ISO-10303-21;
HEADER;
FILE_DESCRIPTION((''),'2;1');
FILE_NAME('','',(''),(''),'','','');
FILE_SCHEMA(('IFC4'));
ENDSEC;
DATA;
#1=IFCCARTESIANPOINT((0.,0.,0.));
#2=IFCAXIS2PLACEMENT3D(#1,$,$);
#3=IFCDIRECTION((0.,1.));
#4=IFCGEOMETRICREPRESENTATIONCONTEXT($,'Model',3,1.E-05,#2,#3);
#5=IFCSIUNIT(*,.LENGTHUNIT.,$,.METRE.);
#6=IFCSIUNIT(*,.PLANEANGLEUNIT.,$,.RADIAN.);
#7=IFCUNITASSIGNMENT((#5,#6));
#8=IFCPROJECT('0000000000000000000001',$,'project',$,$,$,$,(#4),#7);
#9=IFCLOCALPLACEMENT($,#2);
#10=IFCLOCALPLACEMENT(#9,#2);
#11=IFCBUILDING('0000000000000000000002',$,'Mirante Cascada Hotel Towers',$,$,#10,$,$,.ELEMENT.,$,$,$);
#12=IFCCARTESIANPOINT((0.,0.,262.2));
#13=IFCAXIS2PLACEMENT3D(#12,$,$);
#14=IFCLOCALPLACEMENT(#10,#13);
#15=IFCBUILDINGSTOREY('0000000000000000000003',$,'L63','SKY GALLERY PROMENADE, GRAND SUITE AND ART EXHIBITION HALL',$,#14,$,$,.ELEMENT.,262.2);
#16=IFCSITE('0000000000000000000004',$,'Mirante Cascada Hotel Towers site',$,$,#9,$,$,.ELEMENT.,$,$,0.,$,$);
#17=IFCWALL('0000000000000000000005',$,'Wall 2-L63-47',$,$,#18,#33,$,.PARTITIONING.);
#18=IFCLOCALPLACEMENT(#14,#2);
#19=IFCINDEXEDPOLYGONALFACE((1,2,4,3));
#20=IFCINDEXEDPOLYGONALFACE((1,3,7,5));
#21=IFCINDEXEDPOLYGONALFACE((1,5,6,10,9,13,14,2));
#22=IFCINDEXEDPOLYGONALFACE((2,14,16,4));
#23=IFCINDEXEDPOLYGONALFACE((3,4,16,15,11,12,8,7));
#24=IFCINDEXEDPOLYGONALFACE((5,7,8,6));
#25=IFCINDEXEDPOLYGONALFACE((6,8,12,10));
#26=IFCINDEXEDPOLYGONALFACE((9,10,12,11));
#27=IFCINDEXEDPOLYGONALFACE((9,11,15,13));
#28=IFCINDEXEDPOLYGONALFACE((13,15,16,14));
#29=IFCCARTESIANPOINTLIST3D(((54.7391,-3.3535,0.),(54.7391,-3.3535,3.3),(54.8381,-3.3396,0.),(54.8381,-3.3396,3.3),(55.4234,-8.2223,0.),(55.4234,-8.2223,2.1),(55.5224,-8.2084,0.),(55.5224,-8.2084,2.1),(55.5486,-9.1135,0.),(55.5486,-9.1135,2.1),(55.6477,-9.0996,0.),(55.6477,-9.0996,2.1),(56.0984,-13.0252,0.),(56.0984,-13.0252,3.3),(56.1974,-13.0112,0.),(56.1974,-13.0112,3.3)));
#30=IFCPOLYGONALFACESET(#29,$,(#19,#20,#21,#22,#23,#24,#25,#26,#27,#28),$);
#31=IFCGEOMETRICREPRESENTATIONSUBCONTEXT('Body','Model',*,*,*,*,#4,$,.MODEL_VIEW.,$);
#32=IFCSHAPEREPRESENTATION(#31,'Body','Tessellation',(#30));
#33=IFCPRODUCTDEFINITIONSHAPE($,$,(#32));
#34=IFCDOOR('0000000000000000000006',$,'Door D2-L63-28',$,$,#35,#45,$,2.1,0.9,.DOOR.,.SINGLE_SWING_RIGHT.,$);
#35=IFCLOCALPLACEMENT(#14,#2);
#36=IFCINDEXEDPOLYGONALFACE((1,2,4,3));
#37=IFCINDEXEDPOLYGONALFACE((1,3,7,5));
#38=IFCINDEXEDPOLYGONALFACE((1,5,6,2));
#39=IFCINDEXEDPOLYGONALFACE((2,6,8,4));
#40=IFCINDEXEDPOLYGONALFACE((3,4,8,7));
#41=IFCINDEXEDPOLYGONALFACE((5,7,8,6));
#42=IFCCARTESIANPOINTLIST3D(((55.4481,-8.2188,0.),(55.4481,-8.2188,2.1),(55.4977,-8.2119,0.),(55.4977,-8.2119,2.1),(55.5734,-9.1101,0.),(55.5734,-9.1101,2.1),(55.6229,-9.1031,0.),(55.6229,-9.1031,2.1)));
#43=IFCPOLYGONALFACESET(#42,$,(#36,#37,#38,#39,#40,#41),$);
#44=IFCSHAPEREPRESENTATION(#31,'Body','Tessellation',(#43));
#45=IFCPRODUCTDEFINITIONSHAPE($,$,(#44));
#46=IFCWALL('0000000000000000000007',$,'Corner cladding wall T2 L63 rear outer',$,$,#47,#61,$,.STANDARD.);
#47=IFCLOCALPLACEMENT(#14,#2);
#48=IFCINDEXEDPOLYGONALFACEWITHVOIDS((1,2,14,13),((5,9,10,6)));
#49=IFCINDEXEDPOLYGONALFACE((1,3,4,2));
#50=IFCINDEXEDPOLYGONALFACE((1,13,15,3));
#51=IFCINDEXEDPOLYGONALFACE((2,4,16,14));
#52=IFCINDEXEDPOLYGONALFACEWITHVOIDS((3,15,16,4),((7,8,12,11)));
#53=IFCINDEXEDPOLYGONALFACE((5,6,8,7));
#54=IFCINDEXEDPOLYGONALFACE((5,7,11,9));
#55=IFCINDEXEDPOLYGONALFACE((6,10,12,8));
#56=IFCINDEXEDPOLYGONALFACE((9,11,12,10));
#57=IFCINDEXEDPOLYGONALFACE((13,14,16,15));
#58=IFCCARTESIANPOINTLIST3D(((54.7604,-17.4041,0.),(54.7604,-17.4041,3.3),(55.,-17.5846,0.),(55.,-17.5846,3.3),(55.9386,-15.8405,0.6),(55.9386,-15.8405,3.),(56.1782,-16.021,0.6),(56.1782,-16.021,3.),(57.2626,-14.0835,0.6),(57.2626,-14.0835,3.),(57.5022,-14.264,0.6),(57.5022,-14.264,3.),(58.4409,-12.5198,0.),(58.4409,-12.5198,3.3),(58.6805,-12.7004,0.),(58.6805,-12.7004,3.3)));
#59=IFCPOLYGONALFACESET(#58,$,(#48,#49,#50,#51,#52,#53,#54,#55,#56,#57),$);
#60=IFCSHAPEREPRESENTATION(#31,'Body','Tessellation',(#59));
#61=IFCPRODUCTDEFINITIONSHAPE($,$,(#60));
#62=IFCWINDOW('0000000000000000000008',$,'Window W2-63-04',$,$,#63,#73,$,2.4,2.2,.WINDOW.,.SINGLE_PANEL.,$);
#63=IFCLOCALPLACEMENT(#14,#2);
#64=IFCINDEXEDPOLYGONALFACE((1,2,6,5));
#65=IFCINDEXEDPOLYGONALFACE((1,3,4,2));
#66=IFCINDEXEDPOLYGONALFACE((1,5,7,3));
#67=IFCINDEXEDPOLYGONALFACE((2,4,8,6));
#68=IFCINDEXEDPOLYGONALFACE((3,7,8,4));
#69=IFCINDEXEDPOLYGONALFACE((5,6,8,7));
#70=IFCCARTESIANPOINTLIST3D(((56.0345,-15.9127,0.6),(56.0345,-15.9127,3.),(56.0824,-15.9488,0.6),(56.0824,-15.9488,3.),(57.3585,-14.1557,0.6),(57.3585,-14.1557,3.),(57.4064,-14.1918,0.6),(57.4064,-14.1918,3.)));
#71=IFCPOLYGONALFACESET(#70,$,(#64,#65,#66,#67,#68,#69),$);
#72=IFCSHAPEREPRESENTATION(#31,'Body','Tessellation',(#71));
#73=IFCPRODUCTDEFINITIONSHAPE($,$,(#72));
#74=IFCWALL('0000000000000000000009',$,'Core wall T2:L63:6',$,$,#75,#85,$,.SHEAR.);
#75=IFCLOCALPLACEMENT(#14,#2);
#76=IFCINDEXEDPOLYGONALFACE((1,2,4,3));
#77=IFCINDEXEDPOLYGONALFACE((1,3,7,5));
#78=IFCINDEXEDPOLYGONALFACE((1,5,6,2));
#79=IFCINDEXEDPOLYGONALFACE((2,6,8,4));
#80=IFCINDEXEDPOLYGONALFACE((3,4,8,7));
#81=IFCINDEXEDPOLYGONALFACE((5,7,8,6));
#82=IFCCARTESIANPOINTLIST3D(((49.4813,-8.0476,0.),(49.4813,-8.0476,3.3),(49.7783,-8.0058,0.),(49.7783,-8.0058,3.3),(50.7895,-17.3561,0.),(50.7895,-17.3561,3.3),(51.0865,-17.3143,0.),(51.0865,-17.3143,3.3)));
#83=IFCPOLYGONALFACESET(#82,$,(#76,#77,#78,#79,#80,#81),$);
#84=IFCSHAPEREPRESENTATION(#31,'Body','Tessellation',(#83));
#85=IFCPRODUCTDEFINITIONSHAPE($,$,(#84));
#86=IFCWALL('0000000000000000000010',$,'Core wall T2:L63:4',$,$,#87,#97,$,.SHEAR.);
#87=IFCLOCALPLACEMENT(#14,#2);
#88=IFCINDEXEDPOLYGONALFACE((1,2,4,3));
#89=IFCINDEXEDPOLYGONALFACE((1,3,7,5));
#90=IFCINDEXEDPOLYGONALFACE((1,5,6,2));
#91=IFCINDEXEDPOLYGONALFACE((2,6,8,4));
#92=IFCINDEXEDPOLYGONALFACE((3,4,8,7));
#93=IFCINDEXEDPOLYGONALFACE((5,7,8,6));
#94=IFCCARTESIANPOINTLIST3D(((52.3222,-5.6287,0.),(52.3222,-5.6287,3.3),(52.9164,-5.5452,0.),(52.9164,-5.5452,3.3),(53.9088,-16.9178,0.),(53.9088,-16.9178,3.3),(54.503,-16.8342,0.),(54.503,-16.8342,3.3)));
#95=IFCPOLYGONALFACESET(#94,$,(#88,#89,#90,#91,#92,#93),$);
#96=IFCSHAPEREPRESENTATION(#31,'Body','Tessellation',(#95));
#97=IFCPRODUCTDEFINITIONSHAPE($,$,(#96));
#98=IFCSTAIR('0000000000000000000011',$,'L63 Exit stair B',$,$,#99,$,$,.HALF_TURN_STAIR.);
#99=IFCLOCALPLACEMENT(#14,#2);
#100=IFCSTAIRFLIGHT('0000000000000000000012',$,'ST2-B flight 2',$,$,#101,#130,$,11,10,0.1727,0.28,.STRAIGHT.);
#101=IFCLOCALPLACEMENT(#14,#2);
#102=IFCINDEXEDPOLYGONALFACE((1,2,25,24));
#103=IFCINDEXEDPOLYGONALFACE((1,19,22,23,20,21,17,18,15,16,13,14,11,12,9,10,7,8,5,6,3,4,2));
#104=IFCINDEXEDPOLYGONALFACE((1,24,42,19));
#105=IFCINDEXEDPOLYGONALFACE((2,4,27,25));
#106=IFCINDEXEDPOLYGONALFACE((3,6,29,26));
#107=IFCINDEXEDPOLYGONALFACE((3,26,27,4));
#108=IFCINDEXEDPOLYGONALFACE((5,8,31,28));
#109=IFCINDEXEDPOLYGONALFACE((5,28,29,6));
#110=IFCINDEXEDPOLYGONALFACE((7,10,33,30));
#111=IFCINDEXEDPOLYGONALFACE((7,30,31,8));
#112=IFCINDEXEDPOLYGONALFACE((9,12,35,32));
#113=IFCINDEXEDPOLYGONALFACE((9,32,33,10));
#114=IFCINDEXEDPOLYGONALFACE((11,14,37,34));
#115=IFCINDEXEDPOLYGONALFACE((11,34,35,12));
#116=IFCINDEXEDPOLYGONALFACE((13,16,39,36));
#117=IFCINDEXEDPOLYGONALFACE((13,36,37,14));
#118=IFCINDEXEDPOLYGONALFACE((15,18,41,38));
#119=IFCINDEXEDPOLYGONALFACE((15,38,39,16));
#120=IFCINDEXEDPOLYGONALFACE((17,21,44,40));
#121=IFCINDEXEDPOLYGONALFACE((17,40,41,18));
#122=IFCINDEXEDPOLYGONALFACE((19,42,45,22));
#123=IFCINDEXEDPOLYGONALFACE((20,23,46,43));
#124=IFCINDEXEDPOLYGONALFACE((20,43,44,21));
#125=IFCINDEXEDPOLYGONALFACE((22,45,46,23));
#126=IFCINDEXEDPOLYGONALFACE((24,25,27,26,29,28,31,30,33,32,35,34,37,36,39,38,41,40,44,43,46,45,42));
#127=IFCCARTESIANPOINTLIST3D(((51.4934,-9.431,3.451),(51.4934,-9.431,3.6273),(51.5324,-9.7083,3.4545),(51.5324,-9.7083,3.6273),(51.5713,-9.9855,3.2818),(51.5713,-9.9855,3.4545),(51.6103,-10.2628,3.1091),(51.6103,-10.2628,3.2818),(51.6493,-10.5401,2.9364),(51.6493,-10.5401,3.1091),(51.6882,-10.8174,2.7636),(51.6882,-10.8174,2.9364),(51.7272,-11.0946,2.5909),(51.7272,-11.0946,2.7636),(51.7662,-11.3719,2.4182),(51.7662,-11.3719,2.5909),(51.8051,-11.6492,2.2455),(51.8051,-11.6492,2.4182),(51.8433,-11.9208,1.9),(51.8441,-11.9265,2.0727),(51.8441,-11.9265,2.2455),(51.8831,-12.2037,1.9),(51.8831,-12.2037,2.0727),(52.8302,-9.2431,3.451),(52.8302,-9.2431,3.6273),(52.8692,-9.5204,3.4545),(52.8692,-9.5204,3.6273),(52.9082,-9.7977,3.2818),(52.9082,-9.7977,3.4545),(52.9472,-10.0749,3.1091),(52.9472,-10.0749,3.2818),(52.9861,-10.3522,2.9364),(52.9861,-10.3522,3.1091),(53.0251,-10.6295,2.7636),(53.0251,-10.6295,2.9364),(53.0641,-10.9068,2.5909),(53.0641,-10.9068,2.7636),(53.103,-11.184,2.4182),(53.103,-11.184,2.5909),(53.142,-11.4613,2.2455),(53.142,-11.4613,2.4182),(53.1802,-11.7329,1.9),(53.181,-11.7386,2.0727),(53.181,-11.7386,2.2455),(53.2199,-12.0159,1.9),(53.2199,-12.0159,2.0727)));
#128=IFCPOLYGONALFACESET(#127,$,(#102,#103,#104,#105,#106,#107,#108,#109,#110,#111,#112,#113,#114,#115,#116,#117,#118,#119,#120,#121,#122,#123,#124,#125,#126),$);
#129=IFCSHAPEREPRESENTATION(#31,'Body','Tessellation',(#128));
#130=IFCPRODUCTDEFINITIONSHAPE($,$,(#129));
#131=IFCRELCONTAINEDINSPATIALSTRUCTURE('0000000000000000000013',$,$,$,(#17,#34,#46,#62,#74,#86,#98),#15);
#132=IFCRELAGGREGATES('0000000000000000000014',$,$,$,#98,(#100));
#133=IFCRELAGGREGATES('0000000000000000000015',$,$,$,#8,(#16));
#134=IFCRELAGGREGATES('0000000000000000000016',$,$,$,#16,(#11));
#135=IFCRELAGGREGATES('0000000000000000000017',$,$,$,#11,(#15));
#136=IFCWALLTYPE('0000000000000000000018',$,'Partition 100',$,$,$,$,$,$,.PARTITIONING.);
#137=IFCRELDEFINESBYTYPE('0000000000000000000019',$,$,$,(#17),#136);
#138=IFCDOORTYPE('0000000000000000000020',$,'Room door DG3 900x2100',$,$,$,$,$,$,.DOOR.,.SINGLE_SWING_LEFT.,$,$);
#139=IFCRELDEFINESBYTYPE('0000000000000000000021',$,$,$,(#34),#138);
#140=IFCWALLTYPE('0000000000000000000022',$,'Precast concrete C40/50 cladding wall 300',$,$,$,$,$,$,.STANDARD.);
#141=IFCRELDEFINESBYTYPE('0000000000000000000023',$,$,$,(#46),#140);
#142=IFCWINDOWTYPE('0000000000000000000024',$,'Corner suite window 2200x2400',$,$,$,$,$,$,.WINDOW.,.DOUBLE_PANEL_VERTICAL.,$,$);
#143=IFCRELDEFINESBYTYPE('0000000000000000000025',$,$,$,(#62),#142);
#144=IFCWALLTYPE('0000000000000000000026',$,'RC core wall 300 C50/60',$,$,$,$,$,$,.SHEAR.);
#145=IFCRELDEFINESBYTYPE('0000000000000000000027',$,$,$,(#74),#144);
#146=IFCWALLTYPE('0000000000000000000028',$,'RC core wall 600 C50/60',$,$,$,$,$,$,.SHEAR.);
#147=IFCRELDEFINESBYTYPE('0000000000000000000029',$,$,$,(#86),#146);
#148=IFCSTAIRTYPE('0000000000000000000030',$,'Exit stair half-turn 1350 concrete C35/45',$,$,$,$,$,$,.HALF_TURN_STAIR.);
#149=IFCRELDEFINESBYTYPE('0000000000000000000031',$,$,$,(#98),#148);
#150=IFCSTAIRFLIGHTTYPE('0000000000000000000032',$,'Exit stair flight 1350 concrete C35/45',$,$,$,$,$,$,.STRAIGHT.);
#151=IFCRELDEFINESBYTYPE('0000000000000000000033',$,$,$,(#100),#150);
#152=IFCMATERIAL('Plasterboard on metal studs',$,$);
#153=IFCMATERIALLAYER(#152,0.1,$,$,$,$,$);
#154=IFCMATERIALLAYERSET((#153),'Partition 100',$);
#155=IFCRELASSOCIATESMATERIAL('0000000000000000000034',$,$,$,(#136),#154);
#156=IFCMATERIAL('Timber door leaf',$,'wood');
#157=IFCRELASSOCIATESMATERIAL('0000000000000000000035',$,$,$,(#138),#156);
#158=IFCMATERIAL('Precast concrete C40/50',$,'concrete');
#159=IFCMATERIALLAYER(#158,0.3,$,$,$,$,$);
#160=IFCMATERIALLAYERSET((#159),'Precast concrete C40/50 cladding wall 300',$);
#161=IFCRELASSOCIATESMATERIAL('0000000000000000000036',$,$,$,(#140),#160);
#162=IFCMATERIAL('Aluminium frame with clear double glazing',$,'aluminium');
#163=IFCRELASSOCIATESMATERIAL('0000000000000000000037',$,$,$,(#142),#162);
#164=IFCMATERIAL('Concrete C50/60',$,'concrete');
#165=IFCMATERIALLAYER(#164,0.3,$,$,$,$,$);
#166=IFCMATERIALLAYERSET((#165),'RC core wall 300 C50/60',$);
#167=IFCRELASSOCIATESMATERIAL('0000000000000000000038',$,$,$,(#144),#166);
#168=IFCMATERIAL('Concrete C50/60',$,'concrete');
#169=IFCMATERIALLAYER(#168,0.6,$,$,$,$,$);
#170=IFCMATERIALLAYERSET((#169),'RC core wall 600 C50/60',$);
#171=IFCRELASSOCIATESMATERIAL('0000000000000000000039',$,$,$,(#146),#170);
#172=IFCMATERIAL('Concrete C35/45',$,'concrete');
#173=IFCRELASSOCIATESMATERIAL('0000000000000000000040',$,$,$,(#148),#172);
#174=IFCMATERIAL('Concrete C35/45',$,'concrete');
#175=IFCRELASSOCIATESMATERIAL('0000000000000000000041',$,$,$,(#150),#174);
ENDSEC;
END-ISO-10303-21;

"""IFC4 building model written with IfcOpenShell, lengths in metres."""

from ifc_helpers import new_model, si_unit, direction, frame, frame_2d, origin, place, context, subcontext, project, spatial, polyline, rectangle, outline, extrude, material, layer, layer_set, type_object, element, fill, aggregate, save


model = new_model("IFC4")

# Units and contexts
model_context = context("Model", 3, precision=1e-05, world=origin(), true_north=direction((0.0, 1.0)))
body_context = subcontext(model_context, "Body", "Model", "MODEL_VIEW")
ifc_project = project(units=[si_unit("LENGTHUNIT", "METRE"), si_unit("PLANEANGLEUNIT", "RADIAN")], contexts=[model_context])

# Site, building, storey
site_placement = place(None, origin())
site = spatial("IfcSite", under=ifc_project, at=site_placement, Name="Mirante Cascada Hotel Towers site", CompositionType="ELEMENT", RefElevation=0.0)
building_placement = place(site_placement, origin())
building = spatial("IfcBuilding", under=site, at=building_placement, Name="Mirante Cascada Hotel Towers", CompositionType="ELEMENT")
storey_placement = place(building_placement, frame((0.0, 0.0, 262.2)))
storey = spatial("IfcBuildingStorey", under=building, at=storey_placement, Name="L63", Description="SKY GALLERY PROMENADE, GRAND SUITE AND ART EXHIBITION HALL", CompositionType="ELEMENT", Elevation=262.2)

# Shared definitions
ifc_material_1 = material(Name="Plasterboard on metal studs")
ifc_layer_1 = layer(ifc_material_1, 0.1)
ifc_layer_set_1 = layer_set([ifc_layer_1], Name="Partition 100")
wall_type_1 = type_object("IfcWallType", Name="Partition 100", PredefinedType="PARTITIONING", material=ifc_layer_set_1)

# Wall, opening, door
wall_1_placement = place(storey_placement, frame((54.7886, -3.3465, 0.0), z_axis=(0.0, 0.0, 1.0), x_axis=(0.139178, -0.990267, 0.0)))
wall_1 = element("IfcWall", 1, at=wall_1_placement, inside=storey, type_object=wall_type_1, Name="Wall 2-L63-47", PredefinedType="PARTITIONING", context=body_context, shape_type="SweptSolid", body=[
    extrude(rectangle(XDim=9.7667, YDim=0.1, at=frame_2d((4.8834, 0.0))), origin(), (0.0, 0.0, 1.0), 3.3),
])
opening_1_placement = place(wall_1_placement, frame((4.9167, 0.0, 0.0)))
opening_1 = element("IfcOpeningElement", 2, at=opening_1_placement, cuts=wall_1, PredefinedType="OPENING", context=body_context, shape_type="SweptSolid", body=[
    extrude(rectangle(XDim=0.9, YDim=2.1, at=frame_2d((0.45, 1.05))), frame((0.0, 0.05, 0.0), z_axis=(0.0, -1.0, 0.0), x_axis=(1.0, 0.0, 0.0)), (0.0, 0.0, 1.0), 0.1),
])
ifc_material_2 = material(Name="Timber door leaf", Category="wood")
door_type = type_object("IfcDoorType", Name="Room door DG3 900x2100", OperationType="SINGLE_SWING_LEFT", PredefinedType="DOOR", material=ifc_material_2)
door_placement = place(opening_1_placement, frame((0.9, 0.0, 0.0), z_axis=(0.0, 0.0, 1.0), x_axis=(-1.0, 0.0, 0.0)))
door = element("IfcDoor", 3, at=door_placement, inside=storey, type_object=door_type, Name="Door D2-L63-28", OperationType="SINGLE_SWING_RIGHT", OverallHeight=2.1, OverallWidth=0.9, PredefinedType="DOOR", context=body_context, shape_type="SweptSolid", body=[
    extrude(rectangle(XDim=0.9, YDim=2.1, at=frame_2d((0.45, 1.05))), frame((0.0, 0.025, 0.0), z_axis=(0.0, -1.0, 0.0), x_axis=(1.0, 0.0, 0.0)), (0.0, 0.0, 1.0), 0.05),
])
fill(opening_1, door)

# Wall, opening, window
ifc_material_3 = material(Name="Precast concrete C40/50", Category="concrete")
ifc_layer_2 = layer(ifc_material_3, 0.3)
ifc_layer_set_2 = layer_set([ifc_layer_2], Name="Precast concrete C40/50 cladding wall 300")
wall_type_2 = type_object("IfcWallType", Name="Precast concrete C40/50 cladding wall 300", PredefinedType="STANDARD", material=ifc_layer_set_2)
wall_2_placement = place(storey_placement, frame((54.8802, -17.4943, 0.0), z_axis=(0.0, 0.0, 1.0), x_axis=(0.601814, 0.798636, 0.0)))
wall_2 = element("IfcWall", 4, at=wall_2_placement, inside=storey, type_object=wall_type_2, Name="Corner cladding wall T2 L63 rear outer", PredefinedType="STANDARD", context=body_context, shape_type="SweptSolid", body=[
    extrude(rectangle(XDim=6.1157, YDim=0.3, at=frame_2d((3.0578, 0.0))), origin(), (0.0, 0.0, 1.0), 3.3),
])
opening_2_placement = place(wall_2_placement, frame((1.9578, 0.0, 0.6)))
opening_2 = element("IfcOpeningElement", 5, at=opening_2_placement, cuts=wall_2, PredefinedType="OPENING", context=body_context, shape_type="SweptSolid", body=[
    extrude(rectangle(XDim=2.2, YDim=2.4, at=frame_2d((1.1, 1.2))), frame((0.0, 0.15, 0.0), z_axis=(0.0, -1.0, 0.0), x_axis=(1.0, 0.0, 0.0)), (0.0, 0.0, 1.0), 0.3),
])
ifc_material_4 = material(Name="Aluminium frame with clear double glazing", Category="aluminium")
window_type = type_object("IfcWindowType", Name="Corner suite window 2200x2400", PartitioningType="DOUBLE_PANEL_VERTICAL", PredefinedType="WINDOW", material=ifc_material_4)
window_placement = place(opening_2_placement, origin())
window = element("IfcWindow", 6, at=window_placement, inside=storey, type_object=window_type, Name="Window W2-63-04", OverallHeight=2.4, OverallWidth=2.2, PartitioningType="SINGLE_PANEL", PredefinedType="WINDOW", context=body_context, shape_type="SweptSolid", body=[
    extrude(rectangle(XDim=2.2, YDim=2.4, at=frame_2d((1.1, 1.2))), frame((0.0, 0.03, 0.0), z_axis=(0.0, -1.0, 0.0), x_axis=(1.0, 0.0, 0.0)), (0.0, 0.0, 1.0), 0.06),
])
fill(opening_2, window)

# Walls
ifc_material_5 = material(Name="Concrete C50/60", Category="concrete")
ifc_layer_3 = layer(ifc_material_5, 0.3)
ifc_layer_set_3 = layer_set([ifc_layer_3], Name="RC core wall 300 C50/60")
wall_type_3 = type_object("IfcWallType", Name="RC core wall 300 C50/60", PredefinedType="SHEAR", material=ifc_layer_set_3)
wall_3_placement = place(storey_placement, frame((50.938, -17.3352, 0.0), z_axis=(0.0, 0.0, 1.0), x_axis=(-0.139171, 0.990268, 0.0)))
element("IfcWall", 7, at=wall_3_placement, inside=storey, type_object=wall_type_3, Name="Core wall T2:L63:6", PredefinedType="SHEAR", context=body_context, shape_type="SweptSolid", body=[
    extrude(rectangle(XDim=9.4, YDim=0.3, at=frame_2d((4.7, 0.0))), origin(), (0.0, 0.0, 1.0), 3.3),
])
ifc_material_6 = material(Name="Concrete C50/60", Category="concrete")
ifc_layer_4 = layer(ifc_material_6, 0.6)
ifc_layer_set_4 = layer_set([ifc_layer_4], Name="RC core wall 600 C50/60")
wall_type_4 = type_object("IfcWallType", Name="RC core wall 600 C50/60", PredefinedType="SHEAR", material=ifc_layer_set_4)
wall_4_placement = place(storey_placement, frame((54.2059, -16.876, 0.0), z_axis=(0.0, 0.0, 1.0), x_axis=(-0.139175, 0.990268, 0.0)))
element("IfcWall", 8, at=wall_4_placement, inside=storey, type_object=wall_type_4, Name="Core wall T2:L63:4", PredefinedType="SHEAR", context=body_context, shape_type="SweptSolid", body=[
    extrude(rectangle(XDim=11.4, YDim=0.6, at=frame_2d((5.7, 0.0))), origin(), (0.0, 0.0, 1.0), 3.3),
])

# Stair, stair flight
ifc_material_7 = material(Name="Concrete C35/45", Category="concrete")
stair_type = type_object("IfcStairType", Name="Exit stair half-turn 1350 concrete C35/45", PredefinedType="HALF_TURN_STAIR", material=ifc_material_7)
stair_placement = place(storey_placement, origin())
stair = element("IfcStair", 9, at=stair_placement, inside=storey, type_object=stair_type, Name="L63 Exit stair B", PredefinedType="HALF_TURN_STAIR")
ifc_material_8 = material(Name="Concrete C35/45", Category="concrete")
stair_flight_type = type_object("IfcStairFlightType", Name="Exit stair flight 1350 concrete C35/45", PredefinedType="STRAIGHT", material=ifc_material_8)
stair_flight_placement = place(storey_placement, frame((52.5515, -12.1098, 1.9), z_axis=(0.0, 0.0, 1.0), x_axis=(-0.139173, 0.990268, 0.0)))
stair_flight = element("IfcStairFlight", 10, at=stair_flight_placement, type_object=stair_flight_type, Name="ST2-B flight 2", NumberOfRisers=11, NumberOfTreads=10, PredefinedType="STRAIGHT", RiserHeight=0.1727, TreadLength=0.28, context=body_context, shape_type="SweptSolid", body=[
    extrude(outline(polyline([(0.0, 0.0), (0.0, 0.1727), (0.28, 0.1727), (0.28, 0.3455), (0.56, 0.3455), (0.56, 0.5182), (0.84, 0.5182), (0.84, 0.6909), (1.12, 0.6909), (1.12, 0.8636), (1.4, 0.8636), (1.4, 1.0364), (1.68, 1.0364), (1.68, 1.2091), (1.96, 1.2091), (1.96, 1.3818), (2.24, 1.3818), (2.24, 1.5545), (2.52, 1.5545), (2.52, 1.7273), (2.8, 1.7273), (2.8, 1.9), (2.8, 1.551), (0.2857, 0.0), (0.0, 0.0)])), frame((0.0, 0.675, 0.0), z_axis=(0.0, -1.0, 0.0), x_axis=(1.0, 0.0, 0.0)), (0.0, 0.0, 1.0), 1.35),
])
aggregate(stair, [stair_flight])

save(model, "model.ifc")
